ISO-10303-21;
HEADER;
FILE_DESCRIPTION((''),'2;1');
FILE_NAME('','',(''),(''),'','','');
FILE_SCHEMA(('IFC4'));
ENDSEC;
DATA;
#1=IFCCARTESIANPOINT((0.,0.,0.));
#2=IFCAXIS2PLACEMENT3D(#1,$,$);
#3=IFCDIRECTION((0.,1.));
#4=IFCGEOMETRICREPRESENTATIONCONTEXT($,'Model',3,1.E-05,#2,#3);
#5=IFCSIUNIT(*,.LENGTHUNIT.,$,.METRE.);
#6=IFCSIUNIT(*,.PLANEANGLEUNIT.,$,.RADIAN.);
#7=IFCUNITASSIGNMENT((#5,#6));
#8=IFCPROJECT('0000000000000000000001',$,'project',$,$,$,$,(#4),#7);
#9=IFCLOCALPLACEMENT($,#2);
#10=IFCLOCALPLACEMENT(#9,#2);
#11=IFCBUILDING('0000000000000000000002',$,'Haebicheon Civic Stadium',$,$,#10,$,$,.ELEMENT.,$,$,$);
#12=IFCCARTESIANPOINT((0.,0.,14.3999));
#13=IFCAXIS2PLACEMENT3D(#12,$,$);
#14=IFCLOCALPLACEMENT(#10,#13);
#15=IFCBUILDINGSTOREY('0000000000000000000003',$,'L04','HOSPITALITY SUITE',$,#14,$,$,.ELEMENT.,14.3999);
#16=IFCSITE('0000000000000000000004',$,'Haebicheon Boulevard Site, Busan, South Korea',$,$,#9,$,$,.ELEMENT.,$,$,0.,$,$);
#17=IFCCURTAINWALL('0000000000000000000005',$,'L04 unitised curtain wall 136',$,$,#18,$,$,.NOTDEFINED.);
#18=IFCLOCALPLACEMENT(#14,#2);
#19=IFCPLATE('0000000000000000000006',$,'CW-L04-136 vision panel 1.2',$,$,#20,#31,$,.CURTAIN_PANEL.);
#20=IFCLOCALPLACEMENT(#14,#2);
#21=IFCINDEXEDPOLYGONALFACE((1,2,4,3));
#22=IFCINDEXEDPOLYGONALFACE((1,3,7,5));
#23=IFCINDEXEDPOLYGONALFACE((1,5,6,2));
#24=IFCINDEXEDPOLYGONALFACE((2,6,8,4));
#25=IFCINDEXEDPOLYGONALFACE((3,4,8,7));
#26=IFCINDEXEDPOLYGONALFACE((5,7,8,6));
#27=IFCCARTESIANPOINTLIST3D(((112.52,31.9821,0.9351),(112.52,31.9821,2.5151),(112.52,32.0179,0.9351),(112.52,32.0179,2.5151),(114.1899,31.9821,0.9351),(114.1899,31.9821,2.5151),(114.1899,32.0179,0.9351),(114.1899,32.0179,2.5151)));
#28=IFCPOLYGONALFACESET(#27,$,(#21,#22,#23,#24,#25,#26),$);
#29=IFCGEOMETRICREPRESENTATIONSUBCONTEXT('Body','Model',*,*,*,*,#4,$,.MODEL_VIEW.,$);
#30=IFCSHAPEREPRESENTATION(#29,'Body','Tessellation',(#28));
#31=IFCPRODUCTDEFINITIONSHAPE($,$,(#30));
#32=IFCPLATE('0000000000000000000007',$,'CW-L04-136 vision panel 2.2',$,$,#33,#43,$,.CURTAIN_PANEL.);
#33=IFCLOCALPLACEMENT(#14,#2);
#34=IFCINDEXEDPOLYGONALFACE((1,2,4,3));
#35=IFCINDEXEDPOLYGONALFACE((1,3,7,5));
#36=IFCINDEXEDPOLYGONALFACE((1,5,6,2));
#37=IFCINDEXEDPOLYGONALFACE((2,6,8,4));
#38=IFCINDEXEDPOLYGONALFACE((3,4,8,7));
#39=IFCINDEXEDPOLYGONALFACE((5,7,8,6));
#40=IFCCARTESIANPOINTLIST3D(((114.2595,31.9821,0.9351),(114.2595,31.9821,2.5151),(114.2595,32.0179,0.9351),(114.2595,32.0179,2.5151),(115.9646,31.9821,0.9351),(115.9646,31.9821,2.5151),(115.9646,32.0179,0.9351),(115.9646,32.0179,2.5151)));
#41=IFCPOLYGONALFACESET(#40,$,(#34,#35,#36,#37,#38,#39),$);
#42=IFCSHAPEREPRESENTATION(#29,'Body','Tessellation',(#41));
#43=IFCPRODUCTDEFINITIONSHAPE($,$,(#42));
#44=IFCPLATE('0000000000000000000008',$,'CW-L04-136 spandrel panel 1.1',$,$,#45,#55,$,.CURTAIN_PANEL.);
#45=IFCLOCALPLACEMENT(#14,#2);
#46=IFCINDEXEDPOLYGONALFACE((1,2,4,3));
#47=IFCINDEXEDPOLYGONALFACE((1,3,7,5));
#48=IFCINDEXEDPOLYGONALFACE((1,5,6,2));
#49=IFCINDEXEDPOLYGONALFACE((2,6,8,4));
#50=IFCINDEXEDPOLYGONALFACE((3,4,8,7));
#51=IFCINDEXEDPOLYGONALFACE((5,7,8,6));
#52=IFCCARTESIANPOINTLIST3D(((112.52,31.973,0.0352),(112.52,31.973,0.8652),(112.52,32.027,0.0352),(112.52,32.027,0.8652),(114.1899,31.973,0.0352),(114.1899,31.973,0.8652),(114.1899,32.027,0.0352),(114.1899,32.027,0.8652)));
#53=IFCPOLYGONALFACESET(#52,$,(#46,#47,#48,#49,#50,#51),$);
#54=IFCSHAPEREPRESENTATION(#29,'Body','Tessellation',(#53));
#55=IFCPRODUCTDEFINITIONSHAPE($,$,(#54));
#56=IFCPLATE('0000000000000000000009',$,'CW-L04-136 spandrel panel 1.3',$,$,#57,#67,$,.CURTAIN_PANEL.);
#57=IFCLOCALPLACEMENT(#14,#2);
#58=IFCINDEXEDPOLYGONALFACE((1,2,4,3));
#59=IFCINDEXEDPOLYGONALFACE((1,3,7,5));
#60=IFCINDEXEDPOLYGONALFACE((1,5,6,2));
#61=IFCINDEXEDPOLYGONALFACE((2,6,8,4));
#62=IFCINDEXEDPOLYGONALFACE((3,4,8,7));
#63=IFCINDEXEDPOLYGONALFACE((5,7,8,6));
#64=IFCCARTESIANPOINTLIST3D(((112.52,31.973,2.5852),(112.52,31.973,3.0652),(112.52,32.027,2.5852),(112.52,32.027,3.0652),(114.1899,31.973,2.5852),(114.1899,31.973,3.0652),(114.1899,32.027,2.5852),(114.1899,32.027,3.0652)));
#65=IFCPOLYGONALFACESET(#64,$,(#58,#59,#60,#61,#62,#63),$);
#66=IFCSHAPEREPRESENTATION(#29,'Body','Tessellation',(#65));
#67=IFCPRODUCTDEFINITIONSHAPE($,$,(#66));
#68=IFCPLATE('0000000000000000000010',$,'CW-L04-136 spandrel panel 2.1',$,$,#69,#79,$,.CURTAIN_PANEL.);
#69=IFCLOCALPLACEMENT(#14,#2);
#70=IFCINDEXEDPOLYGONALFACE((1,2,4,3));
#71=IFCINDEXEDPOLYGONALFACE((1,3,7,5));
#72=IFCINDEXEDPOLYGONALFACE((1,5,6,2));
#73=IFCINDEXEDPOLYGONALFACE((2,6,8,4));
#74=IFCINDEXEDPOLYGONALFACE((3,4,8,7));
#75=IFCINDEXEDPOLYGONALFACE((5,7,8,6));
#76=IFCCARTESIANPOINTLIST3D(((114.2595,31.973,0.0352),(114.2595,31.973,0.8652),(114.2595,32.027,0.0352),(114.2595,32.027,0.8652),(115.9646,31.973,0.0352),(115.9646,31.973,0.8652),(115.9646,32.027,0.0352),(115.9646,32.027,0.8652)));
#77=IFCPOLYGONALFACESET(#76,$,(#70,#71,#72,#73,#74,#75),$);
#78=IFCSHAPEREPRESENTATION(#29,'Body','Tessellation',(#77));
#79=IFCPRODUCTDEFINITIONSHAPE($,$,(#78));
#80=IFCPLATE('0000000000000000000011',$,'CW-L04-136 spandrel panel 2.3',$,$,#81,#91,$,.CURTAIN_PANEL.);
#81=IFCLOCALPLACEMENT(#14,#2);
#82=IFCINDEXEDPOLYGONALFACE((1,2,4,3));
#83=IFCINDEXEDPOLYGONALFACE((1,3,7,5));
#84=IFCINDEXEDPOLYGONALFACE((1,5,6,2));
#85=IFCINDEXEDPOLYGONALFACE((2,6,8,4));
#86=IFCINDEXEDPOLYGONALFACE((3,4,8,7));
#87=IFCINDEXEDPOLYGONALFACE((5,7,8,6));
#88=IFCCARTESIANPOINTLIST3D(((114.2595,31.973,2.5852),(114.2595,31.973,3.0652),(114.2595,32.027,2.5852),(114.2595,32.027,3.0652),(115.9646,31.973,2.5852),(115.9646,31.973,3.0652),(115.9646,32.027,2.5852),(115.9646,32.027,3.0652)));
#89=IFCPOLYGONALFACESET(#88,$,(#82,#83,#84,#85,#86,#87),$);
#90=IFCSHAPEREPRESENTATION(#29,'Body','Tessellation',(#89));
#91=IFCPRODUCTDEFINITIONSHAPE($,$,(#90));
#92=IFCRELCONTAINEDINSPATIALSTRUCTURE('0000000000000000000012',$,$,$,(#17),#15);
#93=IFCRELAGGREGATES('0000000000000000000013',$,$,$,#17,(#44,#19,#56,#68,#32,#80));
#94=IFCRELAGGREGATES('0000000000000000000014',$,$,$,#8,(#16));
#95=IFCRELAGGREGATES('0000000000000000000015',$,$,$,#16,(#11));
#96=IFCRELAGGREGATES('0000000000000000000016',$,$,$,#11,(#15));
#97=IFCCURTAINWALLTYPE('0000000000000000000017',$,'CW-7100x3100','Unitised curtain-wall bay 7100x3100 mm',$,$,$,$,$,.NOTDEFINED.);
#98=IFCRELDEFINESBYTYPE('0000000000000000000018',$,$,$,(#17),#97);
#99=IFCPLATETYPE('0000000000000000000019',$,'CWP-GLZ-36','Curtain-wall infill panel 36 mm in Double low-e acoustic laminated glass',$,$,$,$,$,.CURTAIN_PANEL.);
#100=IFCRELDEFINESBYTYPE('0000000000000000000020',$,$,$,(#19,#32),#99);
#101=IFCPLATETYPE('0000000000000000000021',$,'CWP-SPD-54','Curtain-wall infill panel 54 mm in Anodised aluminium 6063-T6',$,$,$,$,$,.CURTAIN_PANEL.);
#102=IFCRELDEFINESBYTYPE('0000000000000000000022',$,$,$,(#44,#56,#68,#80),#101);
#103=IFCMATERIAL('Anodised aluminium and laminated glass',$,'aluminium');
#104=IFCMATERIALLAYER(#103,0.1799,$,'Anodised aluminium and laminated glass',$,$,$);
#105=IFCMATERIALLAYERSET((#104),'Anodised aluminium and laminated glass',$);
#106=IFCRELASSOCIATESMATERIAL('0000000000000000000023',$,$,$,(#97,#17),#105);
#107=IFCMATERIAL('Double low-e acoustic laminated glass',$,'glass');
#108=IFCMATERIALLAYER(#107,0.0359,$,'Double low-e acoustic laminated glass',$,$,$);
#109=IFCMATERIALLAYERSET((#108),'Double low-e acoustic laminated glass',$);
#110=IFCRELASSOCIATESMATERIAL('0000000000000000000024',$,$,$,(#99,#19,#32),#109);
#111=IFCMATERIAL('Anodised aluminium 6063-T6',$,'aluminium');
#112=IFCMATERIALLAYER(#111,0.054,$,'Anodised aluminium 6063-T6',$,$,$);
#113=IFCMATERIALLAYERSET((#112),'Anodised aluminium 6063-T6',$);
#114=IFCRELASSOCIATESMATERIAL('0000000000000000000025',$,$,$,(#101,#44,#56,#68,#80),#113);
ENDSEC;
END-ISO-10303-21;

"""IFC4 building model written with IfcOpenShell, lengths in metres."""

from ifc_helpers import new_model, si_unit, direction, frame, origin, origin_2d, place, context, subcontext, project, spatial, rectangle, extrude, material, layer, layer_set, type_object, element, aggregate, save


model = new_model("IFC4")

# Units and contexts
model_context = context("Model", 3, precision=1e-05, world=origin(), true_north=direction((0.0, 1.0)))
body_context = subcontext(model_context, "Body", "Model", "MODEL_VIEW")
ifc_project = project(units=[si_unit("LENGTHUNIT", "METRE"), si_unit("PLANEANGLEUNIT", "RADIAN")], contexts=[model_context])

# Site, building, storey
site_placement = place(None, origin())
site = spatial("IfcSite", under=ifc_project, at=site_placement, Name="Haebicheon Boulevard Site, Busan, South Korea", CompositionType="ELEMENT", RefElevation=0.0)
building_placement = place(site_placement, origin())
building = spatial("IfcBuilding", under=site, at=building_placement, Name="Haebicheon Civic Stadium", CompositionType="ELEMENT")
storey_placement = place(building_placement, frame((0.0, 0.0, 14.3999)))
storey = spatial("IfcBuildingStorey", under=building, at=storey_placement, Name="L04", Description="HOSPITALITY SUITE", CompositionType="ELEMENT", Elevation=14.3999)

# Curtain wall, plates
ifc_material_1 = material(Name="Anodised aluminium and laminated glass", Category="aluminium")
ifc_layer_1 = layer(ifc_material_1, 0.1799, Name="Anodised aluminium and laminated glass")
ifc_layer_set_1 = layer_set([ifc_layer_1], Name="Anodised aluminium and laminated glass")
curtain_wall_type = type_object("IfcCurtainWallType", Name="CW-7100x3100", Description="Unitised curtain-wall bay 7100x3100 mm", PredefinedType="NOTDEFINED", material=ifc_layer_set_1)
curtain_wall_placement = place(storey_placement, origin())
curtain_wall = element("IfcCurtainWall", 1, at=curtain_wall_placement, inside=storey, type_object=curtain_wall_type, material=ifc_layer_set_1, Name="L04 unitised curtain wall 136", PredefinedType="NOTDEFINED")
ifc_material_2 = material(Name="Double low-e acoustic laminated glass", Category="glass")
ifc_layer_2 = layer(ifc_material_2, 0.0359, Name="Double low-e acoustic laminated glass")
ifc_layer_set_2 = layer_set([ifc_layer_2], Name="Double low-e acoustic laminated glass")
plate_type_1 = type_object("IfcPlateType", Name="CWP-GLZ-36", Description="Curtain-wall infill panel 36 mm in Double low-e acoustic laminated glass", PredefinedType="CURTAIN_PANEL", material=ifc_layer_set_2)
plate_1_placement = place(storey_placement, frame((113.355, 32.0, 0.9351), z_axis=(0.0, 0.0, 1.0), x_axis=(1.0, 0.0, 0.0)))
plate_1 = element("IfcPlate", 2, at=plate_1_placement, type_object=plate_type_1, material=ifc_layer_set_2, Name="CW-L04-136 vision panel 1.2", PredefinedType="CURTAIN_PANEL", context=body_context, shape_type="SweptSolid", body=[
    extrude(rectangle(XDim=1.6699, YDim=0.0359, at=origin_2d()), origin(), (0.0, 0.0, 1.0), 1.5801),
])
plate_2_placement = place(storey_placement, frame((115.1121, 32.0, 0.9351), z_axis=(0.0, 0.0, 1.0), x_axis=(1.0, 0.0, 0.0)))
plate_2 = element("IfcPlate", 3, at=plate_2_placement, type_object=plate_type_1, material=ifc_layer_set_2, Name="CW-L04-136 vision panel 2.2", PredefinedType="CURTAIN_PANEL", context=body_context, shape_type="SweptSolid", body=[
    extrude(rectangle(XDim=1.7051, YDim=0.0359, at=origin_2d()), origin(), (0.0, 0.0, 1.0), 1.5801),
])
ifc_material_3 = material(Name="Anodised aluminium 6063-T6", Category="aluminium")
ifc_layer_3 = layer(ifc_material_3, 0.054, Name="Anodised aluminium 6063-T6")
ifc_layer_set_3 = layer_set([ifc_layer_3], Name="Anodised aluminium 6063-T6")
plate_type_2 = type_object("IfcPlateType", Name="CWP-SPD-54", Description="Curtain-wall infill panel 54 mm in Anodised aluminium 6063-T6", PredefinedType="CURTAIN_PANEL", material=ifc_layer_set_3)
plate_3_placement = place(storey_placement, frame((113.355, 32.0, 0.0352), z_axis=(0.0, 0.0, 1.0), x_axis=(1.0, 0.0, 0.0)))
plate_3 = element("IfcPlate", 4, at=plate_3_placement, type_object=plate_type_2, material=ifc_layer_set_3, Name="CW-L04-136 spandrel panel 1.1", PredefinedType="CURTAIN_PANEL", context=body_context, shape_type="SweptSolid", body=[
    extrude(rectangle(XDim=1.6699, YDim=0.054, at=origin_2d()), origin(), (0.0, 0.0, 1.0), 0.8301),
])
plate_4_placement = place(storey_placement, frame((113.355, 32.0, 2.5852), z_axis=(0.0, 0.0, 1.0), x_axis=(1.0, 0.0, 0.0)))
plate_4 = element("IfcPlate", 5, at=plate_4_placement, type_object=plate_type_2, material=ifc_layer_set_3, Name="CW-L04-136 spandrel panel 1.3", PredefinedType="CURTAIN_PANEL", context=body_context, shape_type="SweptSolid", body=[
    extrude(rectangle(XDim=1.6699, YDim=0.054, at=origin_2d()), origin(), (0.0, 0.0, 1.0), 0.48),
])
plate_5_placement = place(storey_placement, frame((115.1121, 32.0, 0.0352), z_axis=(0.0, 0.0, 1.0), x_axis=(1.0, 0.0, 0.0)))
plate_5 = element("IfcPlate", 6, at=plate_5_placement, type_object=plate_type_2, material=ifc_layer_set_3, Name="CW-L04-136 spandrel panel 2.1", PredefinedType="CURTAIN_PANEL", context=body_context, shape_type="SweptSolid", body=[
    extrude(rectangle(XDim=1.7051, YDim=0.054, at=origin_2d()), origin(), (0.0, 0.0, 1.0), 0.8301),
])
plate_6_placement = place(storey_placement, frame((115.1121, 32.0, 2.5852), z_axis=(0.0, 0.0, 1.0), x_axis=(1.0, 0.0, 0.0)))
plate_6 = element("IfcPlate", 7, at=plate_6_placement, type_object=plate_type_2, material=ifc_layer_set_3, Name="CW-L04-136 spandrel panel 2.3", PredefinedType="CURTAIN_PANEL", context=body_context, shape_type="SweptSolid", body=[
    extrude(rectangle(XDim=1.7051, YDim=0.054, at=origin_2d()), origin(), (0.0, 0.0, 1.0), 0.48),
])
aggregate(curtain_wall, [plate_3, plate_1, plate_4, plate_5, plate_2, plate_6])

save(model, "model.ifc")
